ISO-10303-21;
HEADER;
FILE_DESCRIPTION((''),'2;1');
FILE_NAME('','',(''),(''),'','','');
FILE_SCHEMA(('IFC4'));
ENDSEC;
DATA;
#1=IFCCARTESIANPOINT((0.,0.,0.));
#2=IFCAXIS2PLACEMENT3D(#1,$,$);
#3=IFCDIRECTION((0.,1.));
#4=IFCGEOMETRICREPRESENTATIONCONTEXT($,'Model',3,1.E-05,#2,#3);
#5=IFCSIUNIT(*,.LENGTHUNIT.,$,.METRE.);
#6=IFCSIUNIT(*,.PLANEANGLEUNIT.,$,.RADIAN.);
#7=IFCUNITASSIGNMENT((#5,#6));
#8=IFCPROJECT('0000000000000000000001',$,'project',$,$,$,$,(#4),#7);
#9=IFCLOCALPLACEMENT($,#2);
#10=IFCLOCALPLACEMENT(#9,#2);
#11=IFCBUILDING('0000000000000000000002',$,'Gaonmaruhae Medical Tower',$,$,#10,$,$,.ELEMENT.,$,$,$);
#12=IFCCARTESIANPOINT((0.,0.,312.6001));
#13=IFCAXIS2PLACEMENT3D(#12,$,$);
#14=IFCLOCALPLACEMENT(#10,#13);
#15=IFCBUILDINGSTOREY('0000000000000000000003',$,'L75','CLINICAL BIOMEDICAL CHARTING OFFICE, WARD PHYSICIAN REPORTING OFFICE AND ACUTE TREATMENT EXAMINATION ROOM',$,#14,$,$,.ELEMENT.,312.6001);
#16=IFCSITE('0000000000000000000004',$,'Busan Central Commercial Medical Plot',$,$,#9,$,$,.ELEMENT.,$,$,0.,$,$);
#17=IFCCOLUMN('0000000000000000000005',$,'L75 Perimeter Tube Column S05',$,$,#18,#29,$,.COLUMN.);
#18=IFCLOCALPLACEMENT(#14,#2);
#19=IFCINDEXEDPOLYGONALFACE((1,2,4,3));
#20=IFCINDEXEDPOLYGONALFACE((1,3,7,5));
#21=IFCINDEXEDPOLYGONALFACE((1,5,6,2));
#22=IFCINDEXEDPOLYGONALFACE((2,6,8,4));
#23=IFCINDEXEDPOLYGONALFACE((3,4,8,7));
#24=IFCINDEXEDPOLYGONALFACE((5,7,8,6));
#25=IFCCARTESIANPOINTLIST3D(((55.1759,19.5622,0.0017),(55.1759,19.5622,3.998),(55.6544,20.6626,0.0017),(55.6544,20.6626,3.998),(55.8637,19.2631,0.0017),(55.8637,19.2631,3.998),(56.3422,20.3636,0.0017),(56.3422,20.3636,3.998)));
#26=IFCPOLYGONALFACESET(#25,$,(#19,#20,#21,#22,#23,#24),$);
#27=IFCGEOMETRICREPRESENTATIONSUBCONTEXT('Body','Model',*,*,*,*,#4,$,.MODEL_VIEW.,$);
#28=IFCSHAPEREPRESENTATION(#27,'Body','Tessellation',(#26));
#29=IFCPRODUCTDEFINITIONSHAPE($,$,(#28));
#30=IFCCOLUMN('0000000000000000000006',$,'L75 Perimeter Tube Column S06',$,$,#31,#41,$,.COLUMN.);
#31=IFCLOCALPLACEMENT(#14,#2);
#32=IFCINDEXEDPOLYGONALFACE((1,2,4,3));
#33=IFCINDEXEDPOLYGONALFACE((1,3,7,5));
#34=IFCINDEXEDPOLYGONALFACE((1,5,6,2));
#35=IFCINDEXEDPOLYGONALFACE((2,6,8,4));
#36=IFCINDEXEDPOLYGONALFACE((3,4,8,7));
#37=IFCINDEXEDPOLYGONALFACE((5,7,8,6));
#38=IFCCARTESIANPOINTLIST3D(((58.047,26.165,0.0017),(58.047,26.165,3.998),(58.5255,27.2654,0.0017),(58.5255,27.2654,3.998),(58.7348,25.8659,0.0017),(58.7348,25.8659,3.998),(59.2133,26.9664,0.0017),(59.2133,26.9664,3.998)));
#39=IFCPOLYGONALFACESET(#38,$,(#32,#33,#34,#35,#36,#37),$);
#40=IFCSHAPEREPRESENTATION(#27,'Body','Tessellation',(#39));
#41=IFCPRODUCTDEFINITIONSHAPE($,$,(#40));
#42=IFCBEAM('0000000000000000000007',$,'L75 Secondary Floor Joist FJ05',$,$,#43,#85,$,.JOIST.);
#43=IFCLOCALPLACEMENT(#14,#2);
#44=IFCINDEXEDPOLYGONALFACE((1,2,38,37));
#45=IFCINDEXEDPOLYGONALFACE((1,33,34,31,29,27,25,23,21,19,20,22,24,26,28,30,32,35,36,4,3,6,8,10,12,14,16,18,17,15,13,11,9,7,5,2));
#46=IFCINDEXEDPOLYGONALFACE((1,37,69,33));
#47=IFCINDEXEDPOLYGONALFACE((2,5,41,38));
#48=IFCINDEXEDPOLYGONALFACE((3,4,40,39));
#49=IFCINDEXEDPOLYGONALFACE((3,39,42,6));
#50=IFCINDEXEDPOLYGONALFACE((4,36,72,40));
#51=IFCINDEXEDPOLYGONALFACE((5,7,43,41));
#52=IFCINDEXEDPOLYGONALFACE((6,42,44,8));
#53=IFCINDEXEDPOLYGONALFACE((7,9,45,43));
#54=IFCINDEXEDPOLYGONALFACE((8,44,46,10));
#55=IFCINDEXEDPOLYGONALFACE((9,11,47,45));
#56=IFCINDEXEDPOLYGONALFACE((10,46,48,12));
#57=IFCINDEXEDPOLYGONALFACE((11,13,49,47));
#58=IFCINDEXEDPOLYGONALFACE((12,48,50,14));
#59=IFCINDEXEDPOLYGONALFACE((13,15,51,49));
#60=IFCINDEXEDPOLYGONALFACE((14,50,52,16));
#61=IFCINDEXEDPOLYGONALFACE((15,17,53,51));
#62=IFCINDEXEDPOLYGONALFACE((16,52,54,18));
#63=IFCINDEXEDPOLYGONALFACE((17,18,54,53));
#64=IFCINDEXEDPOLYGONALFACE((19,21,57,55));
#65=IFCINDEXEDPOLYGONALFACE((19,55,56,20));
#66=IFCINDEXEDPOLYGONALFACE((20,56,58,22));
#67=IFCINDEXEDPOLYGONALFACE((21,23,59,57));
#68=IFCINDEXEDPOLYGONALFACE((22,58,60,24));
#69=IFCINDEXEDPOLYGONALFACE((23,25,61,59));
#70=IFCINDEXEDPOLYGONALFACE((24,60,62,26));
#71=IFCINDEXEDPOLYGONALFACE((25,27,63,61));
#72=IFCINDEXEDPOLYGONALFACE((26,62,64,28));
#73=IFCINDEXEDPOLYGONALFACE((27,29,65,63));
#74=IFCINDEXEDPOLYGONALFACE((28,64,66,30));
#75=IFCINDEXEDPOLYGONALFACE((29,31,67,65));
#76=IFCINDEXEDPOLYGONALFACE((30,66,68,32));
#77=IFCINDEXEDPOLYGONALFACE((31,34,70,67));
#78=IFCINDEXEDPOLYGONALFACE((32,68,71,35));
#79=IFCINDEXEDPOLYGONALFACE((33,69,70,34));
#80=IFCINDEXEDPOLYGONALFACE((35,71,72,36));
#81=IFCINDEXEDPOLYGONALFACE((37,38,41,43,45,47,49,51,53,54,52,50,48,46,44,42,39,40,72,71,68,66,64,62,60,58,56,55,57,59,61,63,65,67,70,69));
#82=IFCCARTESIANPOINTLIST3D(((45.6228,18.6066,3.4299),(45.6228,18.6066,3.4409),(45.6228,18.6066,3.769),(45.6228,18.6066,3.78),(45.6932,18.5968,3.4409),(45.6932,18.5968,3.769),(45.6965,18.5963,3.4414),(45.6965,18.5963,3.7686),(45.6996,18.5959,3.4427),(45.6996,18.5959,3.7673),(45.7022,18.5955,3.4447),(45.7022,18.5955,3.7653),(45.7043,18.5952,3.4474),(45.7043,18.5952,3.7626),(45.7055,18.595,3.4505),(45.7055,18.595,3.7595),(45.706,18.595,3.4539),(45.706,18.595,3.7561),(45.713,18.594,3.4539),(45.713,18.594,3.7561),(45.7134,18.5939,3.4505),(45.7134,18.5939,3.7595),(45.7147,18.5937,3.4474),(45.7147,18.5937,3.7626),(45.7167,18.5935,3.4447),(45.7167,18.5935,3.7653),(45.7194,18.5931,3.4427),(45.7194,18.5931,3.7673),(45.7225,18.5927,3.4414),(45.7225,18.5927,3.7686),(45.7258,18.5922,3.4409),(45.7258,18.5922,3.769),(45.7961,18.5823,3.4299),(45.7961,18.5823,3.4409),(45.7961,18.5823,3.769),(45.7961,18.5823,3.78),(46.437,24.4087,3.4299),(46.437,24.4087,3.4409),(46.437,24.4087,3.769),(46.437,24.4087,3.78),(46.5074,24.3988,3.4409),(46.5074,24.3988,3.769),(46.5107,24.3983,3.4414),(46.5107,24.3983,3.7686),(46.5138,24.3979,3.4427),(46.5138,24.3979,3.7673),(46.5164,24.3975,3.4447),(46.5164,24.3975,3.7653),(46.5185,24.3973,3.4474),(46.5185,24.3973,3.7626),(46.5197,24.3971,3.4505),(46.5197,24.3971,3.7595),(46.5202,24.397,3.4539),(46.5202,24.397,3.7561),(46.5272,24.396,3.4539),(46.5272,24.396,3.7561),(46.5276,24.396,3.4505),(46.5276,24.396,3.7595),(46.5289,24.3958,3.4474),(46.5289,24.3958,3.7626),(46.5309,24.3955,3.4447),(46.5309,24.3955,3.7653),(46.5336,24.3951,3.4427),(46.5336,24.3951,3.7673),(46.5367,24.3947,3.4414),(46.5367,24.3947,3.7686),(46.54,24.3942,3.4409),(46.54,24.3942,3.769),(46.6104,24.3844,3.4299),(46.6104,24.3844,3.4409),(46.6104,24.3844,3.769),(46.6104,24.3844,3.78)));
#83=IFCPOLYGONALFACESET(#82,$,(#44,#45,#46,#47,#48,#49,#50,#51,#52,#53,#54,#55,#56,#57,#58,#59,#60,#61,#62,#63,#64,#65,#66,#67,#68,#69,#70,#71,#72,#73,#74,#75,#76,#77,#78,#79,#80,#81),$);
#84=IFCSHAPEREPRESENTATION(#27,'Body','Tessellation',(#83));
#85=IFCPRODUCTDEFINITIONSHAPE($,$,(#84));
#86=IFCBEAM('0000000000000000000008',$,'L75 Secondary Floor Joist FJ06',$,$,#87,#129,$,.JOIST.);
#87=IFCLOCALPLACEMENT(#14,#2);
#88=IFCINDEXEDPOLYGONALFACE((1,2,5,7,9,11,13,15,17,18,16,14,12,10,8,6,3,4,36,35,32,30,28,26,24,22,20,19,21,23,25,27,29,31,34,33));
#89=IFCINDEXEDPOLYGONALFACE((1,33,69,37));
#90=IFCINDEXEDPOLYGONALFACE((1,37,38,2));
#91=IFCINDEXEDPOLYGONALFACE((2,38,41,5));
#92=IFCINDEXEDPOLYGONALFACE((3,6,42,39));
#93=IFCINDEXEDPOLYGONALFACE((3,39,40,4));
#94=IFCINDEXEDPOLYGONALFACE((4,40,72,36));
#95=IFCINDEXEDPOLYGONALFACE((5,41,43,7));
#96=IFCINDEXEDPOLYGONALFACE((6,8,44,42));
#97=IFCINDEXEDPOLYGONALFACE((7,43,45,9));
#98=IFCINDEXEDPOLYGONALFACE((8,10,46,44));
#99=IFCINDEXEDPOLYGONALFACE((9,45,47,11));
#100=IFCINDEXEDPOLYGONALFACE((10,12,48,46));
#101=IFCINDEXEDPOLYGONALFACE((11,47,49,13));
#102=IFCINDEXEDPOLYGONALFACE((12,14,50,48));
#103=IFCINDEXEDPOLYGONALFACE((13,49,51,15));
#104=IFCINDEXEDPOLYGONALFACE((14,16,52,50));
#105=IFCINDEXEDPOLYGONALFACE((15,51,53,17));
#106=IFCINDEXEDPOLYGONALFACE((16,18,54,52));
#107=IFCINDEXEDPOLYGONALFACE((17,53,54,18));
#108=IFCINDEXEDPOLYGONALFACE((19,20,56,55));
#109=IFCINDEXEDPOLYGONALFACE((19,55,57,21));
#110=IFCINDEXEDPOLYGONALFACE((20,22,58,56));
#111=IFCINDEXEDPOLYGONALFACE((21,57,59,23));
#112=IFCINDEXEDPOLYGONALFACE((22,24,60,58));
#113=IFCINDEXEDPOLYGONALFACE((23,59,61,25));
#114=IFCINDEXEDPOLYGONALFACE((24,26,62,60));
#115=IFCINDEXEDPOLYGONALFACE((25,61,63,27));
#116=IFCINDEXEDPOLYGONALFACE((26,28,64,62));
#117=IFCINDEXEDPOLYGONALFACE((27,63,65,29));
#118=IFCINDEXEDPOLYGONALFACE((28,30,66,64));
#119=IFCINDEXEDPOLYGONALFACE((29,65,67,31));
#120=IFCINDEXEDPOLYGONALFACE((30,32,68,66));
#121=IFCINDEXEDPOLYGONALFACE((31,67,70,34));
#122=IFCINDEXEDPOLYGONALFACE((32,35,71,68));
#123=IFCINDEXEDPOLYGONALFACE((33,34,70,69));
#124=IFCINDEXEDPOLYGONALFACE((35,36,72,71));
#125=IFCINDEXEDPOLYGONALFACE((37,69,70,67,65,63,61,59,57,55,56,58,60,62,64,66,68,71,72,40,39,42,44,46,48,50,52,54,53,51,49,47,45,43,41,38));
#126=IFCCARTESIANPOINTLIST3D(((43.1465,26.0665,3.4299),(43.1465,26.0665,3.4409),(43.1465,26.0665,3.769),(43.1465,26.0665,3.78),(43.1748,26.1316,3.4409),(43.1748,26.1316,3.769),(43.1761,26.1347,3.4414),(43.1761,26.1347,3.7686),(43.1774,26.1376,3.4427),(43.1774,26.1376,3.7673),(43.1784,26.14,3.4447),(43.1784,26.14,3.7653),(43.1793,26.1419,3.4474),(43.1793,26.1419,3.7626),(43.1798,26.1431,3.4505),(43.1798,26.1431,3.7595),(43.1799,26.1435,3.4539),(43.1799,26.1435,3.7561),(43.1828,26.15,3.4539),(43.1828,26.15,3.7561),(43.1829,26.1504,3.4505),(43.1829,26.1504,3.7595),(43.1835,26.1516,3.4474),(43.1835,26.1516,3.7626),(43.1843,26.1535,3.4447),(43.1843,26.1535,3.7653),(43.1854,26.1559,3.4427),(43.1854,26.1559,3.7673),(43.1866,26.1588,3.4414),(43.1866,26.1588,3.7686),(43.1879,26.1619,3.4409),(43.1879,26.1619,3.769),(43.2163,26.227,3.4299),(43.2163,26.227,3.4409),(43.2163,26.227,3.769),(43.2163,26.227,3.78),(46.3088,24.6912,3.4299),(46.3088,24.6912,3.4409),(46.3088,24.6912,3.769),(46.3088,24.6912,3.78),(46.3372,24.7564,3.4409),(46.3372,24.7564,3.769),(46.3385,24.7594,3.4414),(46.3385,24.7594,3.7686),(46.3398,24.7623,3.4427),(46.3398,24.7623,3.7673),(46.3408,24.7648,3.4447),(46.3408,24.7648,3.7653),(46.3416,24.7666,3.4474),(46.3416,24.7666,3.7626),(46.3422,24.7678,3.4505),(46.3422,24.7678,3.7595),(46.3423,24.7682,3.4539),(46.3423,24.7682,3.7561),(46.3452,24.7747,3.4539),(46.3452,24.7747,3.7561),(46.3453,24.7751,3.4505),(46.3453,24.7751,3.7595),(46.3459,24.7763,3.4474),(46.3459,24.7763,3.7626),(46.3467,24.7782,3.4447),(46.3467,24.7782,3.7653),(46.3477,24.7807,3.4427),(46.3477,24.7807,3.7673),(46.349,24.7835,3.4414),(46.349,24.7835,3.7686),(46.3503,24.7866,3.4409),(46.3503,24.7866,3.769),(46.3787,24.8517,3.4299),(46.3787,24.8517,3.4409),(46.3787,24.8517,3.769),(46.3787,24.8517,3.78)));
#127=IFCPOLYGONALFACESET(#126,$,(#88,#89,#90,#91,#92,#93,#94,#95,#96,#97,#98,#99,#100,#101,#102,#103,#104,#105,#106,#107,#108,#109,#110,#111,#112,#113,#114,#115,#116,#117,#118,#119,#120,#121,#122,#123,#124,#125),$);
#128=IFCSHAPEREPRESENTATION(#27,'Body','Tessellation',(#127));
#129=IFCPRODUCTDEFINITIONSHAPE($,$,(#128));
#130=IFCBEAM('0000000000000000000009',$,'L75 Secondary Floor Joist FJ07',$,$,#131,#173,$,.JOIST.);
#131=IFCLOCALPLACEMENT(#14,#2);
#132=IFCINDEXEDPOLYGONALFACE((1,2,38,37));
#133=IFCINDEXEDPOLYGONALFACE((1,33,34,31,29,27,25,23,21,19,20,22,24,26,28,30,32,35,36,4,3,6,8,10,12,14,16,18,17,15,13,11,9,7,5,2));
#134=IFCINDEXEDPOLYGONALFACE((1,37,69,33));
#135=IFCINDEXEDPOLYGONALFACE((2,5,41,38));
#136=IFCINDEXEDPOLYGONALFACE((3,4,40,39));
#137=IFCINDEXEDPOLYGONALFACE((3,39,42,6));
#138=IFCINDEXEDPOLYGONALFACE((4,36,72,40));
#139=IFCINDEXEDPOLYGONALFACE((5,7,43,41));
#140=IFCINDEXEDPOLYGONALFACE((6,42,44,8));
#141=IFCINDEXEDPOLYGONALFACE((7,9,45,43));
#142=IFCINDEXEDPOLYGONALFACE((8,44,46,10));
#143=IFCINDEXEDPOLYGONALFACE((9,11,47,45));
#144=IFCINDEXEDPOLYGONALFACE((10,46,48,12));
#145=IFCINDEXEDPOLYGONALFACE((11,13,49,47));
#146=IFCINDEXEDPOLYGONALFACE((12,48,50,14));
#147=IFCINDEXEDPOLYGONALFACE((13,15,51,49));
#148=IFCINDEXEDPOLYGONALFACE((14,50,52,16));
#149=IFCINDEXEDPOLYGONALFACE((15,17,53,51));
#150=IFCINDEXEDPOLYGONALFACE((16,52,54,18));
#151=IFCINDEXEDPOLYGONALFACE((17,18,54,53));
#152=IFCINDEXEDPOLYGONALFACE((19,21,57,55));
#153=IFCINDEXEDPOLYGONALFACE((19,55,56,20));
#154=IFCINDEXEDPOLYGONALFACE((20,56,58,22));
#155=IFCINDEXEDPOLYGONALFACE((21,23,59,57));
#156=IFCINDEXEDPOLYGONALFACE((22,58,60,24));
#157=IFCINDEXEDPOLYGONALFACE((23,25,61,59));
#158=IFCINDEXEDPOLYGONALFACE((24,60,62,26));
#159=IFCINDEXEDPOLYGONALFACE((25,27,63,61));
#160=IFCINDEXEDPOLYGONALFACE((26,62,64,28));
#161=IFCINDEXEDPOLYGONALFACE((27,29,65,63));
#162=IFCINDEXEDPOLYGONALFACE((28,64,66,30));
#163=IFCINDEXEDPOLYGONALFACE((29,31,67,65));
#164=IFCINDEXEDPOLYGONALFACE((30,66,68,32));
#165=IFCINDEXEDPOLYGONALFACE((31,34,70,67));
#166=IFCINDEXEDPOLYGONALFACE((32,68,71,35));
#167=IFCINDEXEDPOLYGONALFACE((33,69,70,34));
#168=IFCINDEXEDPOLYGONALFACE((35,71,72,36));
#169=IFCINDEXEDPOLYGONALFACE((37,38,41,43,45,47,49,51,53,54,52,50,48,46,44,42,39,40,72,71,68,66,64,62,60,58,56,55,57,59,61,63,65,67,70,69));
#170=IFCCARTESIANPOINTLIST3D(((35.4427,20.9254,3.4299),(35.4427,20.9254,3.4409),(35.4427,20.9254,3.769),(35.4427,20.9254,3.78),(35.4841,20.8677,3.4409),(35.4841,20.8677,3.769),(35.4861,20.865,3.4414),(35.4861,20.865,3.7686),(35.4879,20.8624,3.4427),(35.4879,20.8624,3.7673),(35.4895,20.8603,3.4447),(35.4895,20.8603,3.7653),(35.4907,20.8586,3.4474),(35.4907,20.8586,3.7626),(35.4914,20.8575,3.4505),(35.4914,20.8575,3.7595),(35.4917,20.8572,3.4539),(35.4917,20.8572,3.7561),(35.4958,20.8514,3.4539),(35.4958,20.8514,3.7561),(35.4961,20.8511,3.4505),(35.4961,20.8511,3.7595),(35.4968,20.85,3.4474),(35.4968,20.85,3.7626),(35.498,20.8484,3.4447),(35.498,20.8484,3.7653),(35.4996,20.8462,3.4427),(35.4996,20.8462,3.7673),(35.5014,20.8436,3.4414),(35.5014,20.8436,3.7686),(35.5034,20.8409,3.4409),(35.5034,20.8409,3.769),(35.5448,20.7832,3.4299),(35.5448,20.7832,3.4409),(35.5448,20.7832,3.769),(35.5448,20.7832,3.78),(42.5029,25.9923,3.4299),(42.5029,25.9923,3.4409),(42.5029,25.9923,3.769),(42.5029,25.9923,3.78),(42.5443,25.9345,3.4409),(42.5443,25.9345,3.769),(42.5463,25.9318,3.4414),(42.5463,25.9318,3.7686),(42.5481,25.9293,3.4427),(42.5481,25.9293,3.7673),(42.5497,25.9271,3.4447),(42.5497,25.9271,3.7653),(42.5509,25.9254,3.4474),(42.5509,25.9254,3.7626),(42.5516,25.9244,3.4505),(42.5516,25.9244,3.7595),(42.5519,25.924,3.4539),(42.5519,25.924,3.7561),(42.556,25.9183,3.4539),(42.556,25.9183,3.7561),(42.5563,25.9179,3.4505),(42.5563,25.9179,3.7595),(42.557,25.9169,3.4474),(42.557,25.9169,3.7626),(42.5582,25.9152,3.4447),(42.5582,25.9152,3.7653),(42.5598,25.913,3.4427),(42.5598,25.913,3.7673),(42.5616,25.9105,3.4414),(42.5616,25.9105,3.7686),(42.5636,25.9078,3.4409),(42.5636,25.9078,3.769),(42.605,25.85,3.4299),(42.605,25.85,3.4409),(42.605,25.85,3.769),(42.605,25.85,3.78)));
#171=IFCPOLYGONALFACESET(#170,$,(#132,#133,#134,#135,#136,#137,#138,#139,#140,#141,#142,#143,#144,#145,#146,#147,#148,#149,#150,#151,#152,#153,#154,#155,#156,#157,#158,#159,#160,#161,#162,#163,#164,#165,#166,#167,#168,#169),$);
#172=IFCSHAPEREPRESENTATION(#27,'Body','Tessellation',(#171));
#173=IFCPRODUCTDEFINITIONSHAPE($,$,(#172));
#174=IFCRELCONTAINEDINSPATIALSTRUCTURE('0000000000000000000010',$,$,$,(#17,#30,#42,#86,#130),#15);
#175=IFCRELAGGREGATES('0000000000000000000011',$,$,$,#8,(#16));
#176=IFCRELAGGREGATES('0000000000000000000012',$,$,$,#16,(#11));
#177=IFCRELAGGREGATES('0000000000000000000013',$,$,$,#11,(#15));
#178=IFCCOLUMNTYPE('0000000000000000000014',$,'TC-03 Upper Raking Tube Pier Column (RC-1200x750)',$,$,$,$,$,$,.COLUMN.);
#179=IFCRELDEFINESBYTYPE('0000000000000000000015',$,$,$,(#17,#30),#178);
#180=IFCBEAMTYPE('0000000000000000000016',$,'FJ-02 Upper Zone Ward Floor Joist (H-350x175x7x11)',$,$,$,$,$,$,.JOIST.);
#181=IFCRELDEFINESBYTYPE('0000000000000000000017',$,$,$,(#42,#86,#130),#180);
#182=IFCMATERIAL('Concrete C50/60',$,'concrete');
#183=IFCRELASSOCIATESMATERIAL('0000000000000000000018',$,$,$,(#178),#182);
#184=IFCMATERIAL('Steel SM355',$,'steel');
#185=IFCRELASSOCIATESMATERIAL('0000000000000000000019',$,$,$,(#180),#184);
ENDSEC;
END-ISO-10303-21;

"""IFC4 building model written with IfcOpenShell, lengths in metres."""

from ifc_helpers import new_model, si_unit, direction, frame, origin, origin_2d, place, context, subcontext, project, spatial, rectangle, i_section, extrude, material, material_profile, profile_set, type_object, element, save


model = new_model("IFC4")

# Units and contexts
model_context = context("Model", 3, precision=1e-05, world=origin(), true_north=direction((0.0, 1.0)))
body_context = subcontext(model_context, "Body", "Model", "MODEL_VIEW")
ifc_project = project(units=[si_unit("LENGTHUNIT", "METRE"), si_unit("PLANEANGLEUNIT", "RADIAN")], contexts=[model_context])

# Site, building, storey
site_placement = place(None, origin())
site = spatial("IfcSite", under=ifc_project, at=site_placement, Name="Busan Central Commercial Medical Plot", CompositionType="ELEMENT", RefElevation=0.0)
building_placement = place(site_placement, origin())
building = spatial("IfcBuilding", under=site, at=building_placement, Name="Gaonmaruhae Medical Tower", CompositionType="ELEMENT")
storey_placement = place(building_placement, frame((0.0, 0.0, 312.6001)))
storey = spatial("IfcBuildingStorey", under=building, at=storey_placement, Name="L75", Description="CLINICAL BIOMEDICAL CHARTING OFFICE, WARD PHYSICIAN REPORTING OFFICE AND ACUTE TREATMENT EXAMINATION ROOM", CompositionType="ELEMENT", Elevation=312.6001)

# Columns
ifc_material_1 = material(Name="Concrete C50/60", Category="concrete")
ifc_material_profile_1 = material_profile(ifc_material_1, rectangle(XDim=1.2, YDim=0.75, at=origin_2d()), Name="RC-1200x750")
ifc_profile_set_1 = profile_set([ifc_material_profile_1], Name="Concrete C50/60")
column_type = type_object("IfcColumnType", Name="TC-03 Upper Raking Tube Pier Column (RC-1200x750)", PredefinedType="COLUMN", material=ifc_profile_set_1)
for number, where, z_axis, x_axis, name in (
    (1, (55.759, 19.9629, 0.0017), (0.0, 0.0, 1.0), (0.398749, 0.91706, 0.0), "L75 Perimeter Tube Column S05"),
    (2, (58.6301, 26.5657, 0.0017), (0.0, 0.0, 1.0), (0.398749, 0.91706, 0.0), "L75 Perimeter Tube Column S06"),
):
    element("IfcColumn", number, at=place(storey_placement, frame(where, z_axis=z_axis, x_axis=x_axis)), inside=storey, type_object=column_type, Name=name, PredefinedType="COLUMN", context=body_context, shape_type="SweptSolid", body=[
        extrude(rectangle(XDim=1.2, YDim=0.75, at=origin_2d()), origin(), (0.0, 0.0, 1.0), 3.9963),
    ])

# Beams
ifc_material_2 = material(Name="Steel SM355", Category="steel")
ifc_material_profile_2 = material_profile(ifc_material_2, i_section(OverallWidth=0.175, OverallDepth=0.3501, WebThickness=0.0071, FlangeThickness=0.011, FilletRadius=0.0129, at=origin_2d()), Name="H-350x175x7x11")
ifc_profile_set_2 = profile_set([ifc_material_profile_2], Name="Steel SM355")
beam_type_1 = type_object("IfcBeamType", Name="FJ-02 Upper Zone Ward Floor Joist (H-350x175x7x11)", PredefinedType="JOIST", material=ifc_profile_set_2)
beam_1_placement = place(storey_placement, frame((45.7095, 18.5945, 3.605), z_axis=(0.138971, 0.990296, 0.0), x_axis=(-0.990296, 0.138971, 0.0)))
element("IfcBeam", 3, at=beam_1_placement, inside=storey, type_object=beam_type_1, Name="L75 Secondary Floor Joist FJ05", PredefinedType="JOIST", context=body_context, shape_type="SweptSolid", body=[
    extrude(i_section(OverallWidth=0.175, OverallDepth=0.3501, WebThickness=0.0071, FlangeThickness=0.011, FilletRadius=0.0129, at=origin_2d()), origin(), (0.0, 0.0, 1.0), 5.8589),
])
beam_2_placement = place(storey_placement, frame((46.3438, 24.7715, 3.605), z_axis=(-0.917037, 0.398801, 0.0), x_axis=(-0.398801, -0.917037, 0.0)))
element("IfcBeam", 4, at=beam_2_placement, inside=storey, type_object=beam_type_1, Name="L75 Secondary Floor Joist FJ06", PredefinedType="JOIST", context=body_context, shape_type="SweptSolid", body=[
    extrude(i_section(OverallWidth=0.175, OverallDepth=0.3501, WebThickness=0.0071, FlangeThickness=0.011, FilletRadius=0.0129, at=origin_2d()), origin(), (0.0, 0.0, 1.0), 3.4485),
])
beam_3_placement = place(storey_placement, frame((42.554, 25.9211, 3.605), z_axis=(-0.812435, -0.583052, 0.0), x_axis=(0.583052, -0.812435, 0.0)))
element("IfcBeam", 5, at=beam_3_placement, inside=storey, type_object=beam_type_1, Name="L75 Secondary Floor Joist FJ07", PredefinedType="JOIST", context=body_context, shape_type="SweptSolid", body=[
    extrude(i_section(OverallWidth=0.175, OverallDepth=0.3501, WebThickness=0.0071, FlangeThickness=0.011, FilletRadius=0.0129, at=origin_2d()), origin(), (0.0, 0.0, 1.0), 8.6902),
])

save(model, "model.ifc")
